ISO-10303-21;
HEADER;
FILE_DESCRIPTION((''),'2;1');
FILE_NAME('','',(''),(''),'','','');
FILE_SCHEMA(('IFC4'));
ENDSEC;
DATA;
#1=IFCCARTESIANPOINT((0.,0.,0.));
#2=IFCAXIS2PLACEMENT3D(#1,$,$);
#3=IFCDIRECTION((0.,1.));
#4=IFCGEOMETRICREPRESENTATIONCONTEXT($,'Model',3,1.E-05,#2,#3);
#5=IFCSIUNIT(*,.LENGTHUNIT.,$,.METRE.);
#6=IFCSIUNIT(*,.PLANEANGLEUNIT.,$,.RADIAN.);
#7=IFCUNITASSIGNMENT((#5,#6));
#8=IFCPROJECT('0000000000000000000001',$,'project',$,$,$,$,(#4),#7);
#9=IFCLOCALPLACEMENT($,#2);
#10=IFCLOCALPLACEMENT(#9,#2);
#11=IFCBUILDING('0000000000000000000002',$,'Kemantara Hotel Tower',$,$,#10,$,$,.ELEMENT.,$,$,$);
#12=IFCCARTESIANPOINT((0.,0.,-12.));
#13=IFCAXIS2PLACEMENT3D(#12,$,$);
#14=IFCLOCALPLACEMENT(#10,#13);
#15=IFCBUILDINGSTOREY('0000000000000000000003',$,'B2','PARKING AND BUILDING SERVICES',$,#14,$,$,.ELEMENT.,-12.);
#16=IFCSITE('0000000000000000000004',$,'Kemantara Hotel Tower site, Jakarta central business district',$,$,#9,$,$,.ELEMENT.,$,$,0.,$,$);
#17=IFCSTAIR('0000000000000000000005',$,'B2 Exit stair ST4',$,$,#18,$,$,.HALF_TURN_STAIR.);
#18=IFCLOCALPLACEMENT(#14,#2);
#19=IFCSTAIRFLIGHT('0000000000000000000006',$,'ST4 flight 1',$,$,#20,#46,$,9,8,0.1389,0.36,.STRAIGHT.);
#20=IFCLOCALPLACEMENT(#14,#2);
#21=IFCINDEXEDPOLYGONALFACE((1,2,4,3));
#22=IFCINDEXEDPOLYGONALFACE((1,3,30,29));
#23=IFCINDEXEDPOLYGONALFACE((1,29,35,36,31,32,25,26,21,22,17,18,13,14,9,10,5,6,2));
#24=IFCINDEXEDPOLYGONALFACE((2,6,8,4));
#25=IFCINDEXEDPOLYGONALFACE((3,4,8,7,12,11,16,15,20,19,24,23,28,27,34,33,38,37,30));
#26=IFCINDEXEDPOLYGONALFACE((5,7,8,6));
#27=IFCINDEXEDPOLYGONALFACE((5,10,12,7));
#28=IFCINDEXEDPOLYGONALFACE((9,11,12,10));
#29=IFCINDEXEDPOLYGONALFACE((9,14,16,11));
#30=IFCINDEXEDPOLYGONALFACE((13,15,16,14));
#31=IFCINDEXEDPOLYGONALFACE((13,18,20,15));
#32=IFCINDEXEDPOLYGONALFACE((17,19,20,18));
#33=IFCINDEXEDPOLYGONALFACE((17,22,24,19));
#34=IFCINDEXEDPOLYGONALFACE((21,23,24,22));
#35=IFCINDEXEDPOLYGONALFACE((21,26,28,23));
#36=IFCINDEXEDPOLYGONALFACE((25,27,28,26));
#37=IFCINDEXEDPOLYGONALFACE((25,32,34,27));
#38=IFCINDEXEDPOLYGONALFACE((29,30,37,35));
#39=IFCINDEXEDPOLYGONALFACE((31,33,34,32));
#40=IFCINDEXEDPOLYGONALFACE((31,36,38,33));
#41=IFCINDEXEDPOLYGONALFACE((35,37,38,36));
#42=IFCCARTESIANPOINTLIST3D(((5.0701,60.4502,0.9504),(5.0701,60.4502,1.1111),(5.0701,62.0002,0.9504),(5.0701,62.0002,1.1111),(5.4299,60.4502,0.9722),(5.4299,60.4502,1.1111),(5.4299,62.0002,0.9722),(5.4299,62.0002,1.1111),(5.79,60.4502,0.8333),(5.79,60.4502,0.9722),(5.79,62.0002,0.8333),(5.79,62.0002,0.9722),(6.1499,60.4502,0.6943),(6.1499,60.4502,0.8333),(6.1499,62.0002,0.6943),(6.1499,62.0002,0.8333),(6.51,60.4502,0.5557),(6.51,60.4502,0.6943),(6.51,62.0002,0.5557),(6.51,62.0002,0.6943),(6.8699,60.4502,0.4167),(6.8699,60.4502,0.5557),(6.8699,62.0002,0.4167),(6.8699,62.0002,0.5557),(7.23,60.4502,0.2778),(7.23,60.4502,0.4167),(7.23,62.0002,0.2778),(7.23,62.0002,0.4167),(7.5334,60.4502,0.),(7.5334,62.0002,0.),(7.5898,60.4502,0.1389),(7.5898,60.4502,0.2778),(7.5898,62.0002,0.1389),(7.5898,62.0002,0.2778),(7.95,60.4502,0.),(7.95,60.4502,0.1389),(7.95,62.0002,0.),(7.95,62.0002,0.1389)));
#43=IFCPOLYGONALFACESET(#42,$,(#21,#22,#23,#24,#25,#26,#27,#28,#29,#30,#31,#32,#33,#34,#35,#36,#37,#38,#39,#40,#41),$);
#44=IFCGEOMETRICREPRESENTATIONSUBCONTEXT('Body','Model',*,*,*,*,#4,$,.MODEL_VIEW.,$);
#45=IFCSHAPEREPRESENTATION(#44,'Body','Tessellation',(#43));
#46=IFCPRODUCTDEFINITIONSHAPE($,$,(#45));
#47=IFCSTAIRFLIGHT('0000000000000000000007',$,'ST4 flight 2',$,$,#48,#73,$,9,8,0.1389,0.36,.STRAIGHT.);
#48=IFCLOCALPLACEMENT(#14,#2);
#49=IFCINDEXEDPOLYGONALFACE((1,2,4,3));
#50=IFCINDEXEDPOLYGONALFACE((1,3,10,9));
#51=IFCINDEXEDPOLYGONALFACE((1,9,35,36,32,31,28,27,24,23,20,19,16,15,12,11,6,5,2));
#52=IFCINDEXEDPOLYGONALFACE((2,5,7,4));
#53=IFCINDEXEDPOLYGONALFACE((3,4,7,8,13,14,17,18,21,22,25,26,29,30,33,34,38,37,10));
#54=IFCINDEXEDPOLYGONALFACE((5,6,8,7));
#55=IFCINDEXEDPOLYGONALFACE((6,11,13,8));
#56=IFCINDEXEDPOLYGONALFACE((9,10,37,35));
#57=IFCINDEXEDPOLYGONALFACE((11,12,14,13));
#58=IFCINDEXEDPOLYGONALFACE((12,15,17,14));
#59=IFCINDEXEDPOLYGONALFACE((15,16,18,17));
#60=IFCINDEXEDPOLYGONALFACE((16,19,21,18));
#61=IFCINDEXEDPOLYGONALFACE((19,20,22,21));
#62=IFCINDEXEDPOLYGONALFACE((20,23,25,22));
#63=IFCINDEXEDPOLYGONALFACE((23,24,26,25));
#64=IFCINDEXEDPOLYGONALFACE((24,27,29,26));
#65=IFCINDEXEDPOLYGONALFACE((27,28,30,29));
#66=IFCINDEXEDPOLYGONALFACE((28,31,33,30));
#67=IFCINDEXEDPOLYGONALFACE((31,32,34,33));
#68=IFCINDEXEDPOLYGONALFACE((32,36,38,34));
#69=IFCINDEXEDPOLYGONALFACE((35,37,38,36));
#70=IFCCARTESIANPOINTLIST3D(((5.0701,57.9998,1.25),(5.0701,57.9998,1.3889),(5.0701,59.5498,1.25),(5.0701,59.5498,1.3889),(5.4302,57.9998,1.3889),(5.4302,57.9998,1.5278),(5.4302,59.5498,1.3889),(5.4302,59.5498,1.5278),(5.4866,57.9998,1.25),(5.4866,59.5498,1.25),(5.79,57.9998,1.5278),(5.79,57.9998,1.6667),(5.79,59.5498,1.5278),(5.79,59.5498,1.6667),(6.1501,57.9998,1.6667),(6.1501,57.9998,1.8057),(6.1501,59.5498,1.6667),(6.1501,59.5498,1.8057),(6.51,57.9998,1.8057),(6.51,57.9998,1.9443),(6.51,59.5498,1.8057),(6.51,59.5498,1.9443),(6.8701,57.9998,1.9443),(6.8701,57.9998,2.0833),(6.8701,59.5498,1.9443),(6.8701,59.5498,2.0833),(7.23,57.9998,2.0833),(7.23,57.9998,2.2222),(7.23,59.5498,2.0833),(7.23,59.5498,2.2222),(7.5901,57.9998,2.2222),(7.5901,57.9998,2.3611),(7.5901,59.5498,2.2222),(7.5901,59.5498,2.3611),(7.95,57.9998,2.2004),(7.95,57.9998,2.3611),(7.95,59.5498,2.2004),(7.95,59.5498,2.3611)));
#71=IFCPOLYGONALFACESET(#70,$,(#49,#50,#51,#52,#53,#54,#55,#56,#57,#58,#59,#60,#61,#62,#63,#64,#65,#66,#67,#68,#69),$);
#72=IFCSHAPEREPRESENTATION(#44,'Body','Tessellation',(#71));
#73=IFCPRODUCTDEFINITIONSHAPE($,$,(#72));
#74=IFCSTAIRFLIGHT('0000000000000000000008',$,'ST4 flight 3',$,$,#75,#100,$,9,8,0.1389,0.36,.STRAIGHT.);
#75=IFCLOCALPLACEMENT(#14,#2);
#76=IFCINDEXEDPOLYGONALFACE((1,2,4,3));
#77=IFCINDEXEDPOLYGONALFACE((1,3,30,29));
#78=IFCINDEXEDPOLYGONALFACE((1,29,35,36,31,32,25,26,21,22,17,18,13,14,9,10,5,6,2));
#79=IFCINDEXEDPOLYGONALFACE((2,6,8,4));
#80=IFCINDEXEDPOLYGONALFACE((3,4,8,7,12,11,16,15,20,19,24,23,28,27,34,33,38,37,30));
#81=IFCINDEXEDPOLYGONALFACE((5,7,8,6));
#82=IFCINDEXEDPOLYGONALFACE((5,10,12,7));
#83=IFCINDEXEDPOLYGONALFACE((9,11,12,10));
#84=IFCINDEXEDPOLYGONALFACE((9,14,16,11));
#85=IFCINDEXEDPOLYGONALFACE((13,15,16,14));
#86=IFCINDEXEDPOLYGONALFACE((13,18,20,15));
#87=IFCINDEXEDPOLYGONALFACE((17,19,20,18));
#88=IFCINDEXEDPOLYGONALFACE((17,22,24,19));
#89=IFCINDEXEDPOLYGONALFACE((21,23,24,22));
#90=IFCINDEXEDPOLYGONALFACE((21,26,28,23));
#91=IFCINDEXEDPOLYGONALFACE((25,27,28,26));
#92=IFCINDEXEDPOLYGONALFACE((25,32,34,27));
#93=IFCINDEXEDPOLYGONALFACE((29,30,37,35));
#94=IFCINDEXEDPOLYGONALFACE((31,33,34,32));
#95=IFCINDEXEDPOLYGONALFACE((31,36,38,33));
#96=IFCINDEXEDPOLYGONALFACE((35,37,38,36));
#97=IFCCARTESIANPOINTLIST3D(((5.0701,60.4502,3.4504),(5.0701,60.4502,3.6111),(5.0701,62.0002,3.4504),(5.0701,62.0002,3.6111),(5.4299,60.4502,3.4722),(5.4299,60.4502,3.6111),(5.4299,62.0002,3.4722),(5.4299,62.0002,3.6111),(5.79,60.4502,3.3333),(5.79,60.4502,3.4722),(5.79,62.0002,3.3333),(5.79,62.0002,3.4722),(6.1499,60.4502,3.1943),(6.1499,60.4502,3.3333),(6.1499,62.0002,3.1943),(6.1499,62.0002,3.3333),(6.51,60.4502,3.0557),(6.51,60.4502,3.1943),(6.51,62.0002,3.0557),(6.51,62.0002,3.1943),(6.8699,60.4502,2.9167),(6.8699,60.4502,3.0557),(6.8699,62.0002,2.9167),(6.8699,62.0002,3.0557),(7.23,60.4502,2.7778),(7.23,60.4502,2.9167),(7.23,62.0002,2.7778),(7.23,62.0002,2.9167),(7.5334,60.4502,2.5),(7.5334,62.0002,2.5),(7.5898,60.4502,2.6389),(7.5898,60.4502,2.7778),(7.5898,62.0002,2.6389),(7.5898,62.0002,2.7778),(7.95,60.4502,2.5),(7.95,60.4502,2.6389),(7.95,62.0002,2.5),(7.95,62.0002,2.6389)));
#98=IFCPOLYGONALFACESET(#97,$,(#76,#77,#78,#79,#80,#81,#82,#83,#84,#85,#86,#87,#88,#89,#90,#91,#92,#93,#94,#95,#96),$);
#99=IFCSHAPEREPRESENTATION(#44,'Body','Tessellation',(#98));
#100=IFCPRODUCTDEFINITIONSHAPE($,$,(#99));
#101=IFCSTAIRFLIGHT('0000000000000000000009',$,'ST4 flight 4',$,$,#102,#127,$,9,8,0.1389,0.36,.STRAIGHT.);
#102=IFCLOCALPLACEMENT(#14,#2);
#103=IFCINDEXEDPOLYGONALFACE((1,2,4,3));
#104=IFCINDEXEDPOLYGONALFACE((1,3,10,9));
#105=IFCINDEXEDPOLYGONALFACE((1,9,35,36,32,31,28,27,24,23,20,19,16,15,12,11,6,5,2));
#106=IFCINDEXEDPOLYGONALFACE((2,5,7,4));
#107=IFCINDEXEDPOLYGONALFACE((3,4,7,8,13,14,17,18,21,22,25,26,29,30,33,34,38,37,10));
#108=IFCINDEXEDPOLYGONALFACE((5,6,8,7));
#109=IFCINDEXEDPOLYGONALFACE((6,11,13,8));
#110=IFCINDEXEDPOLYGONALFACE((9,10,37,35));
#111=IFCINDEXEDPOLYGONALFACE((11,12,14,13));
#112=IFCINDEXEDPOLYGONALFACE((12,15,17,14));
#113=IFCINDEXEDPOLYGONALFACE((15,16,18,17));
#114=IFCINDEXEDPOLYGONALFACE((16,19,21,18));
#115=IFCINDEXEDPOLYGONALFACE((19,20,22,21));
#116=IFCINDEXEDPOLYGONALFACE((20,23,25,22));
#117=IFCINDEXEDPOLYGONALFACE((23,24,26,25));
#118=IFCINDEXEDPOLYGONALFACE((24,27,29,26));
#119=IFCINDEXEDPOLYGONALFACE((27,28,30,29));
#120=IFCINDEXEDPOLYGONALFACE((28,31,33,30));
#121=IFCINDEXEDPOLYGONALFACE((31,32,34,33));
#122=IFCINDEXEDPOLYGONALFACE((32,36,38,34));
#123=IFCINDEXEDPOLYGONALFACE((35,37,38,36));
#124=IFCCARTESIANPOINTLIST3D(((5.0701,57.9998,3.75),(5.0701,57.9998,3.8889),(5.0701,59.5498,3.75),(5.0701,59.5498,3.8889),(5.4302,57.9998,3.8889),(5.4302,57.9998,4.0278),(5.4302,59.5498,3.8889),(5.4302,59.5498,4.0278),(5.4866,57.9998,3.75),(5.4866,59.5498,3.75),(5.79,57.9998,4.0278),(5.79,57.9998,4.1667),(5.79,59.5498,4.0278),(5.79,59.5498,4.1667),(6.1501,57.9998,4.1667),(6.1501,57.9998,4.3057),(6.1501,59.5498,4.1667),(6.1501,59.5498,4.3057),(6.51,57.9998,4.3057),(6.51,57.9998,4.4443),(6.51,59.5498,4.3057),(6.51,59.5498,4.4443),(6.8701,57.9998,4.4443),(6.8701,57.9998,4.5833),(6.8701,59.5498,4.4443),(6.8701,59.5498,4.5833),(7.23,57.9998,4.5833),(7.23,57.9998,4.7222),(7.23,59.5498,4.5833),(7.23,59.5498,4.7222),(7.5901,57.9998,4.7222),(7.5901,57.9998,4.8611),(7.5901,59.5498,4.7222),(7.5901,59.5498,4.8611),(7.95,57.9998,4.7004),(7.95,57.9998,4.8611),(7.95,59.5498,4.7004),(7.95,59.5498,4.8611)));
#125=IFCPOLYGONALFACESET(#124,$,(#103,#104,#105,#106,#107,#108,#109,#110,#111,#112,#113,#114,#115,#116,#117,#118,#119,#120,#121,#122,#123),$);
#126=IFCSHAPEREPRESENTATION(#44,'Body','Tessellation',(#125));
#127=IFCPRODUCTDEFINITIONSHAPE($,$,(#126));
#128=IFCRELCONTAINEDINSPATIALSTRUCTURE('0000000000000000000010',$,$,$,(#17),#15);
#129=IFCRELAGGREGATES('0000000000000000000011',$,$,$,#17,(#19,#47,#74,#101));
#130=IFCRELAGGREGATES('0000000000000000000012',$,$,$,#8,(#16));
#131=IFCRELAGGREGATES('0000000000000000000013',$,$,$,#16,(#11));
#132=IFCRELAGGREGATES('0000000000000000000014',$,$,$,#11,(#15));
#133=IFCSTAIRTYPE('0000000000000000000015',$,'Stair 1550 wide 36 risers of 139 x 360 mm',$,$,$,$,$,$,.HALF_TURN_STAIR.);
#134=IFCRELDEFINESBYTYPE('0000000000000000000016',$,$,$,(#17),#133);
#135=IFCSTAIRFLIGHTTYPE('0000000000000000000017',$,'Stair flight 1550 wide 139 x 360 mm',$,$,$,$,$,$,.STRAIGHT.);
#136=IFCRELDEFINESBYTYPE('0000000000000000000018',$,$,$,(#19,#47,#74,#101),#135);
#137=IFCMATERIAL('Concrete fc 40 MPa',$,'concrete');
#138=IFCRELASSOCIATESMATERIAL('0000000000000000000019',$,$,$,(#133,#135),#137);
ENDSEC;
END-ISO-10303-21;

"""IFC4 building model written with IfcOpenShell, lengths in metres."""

from ifc_helpers import new_model, si_unit, direction, frame, origin, place, context, subcontext, project, spatial, polyline, outline, extrude, material, type_object, element, aggregate, save


model = new_model("IFC4")

# Units and contexts
model_context = context("Model", 3, precision=1e-05, world=origin(), true_north=direction((0.0, 1.0)))
body_context = subcontext(model_context, "Body", "Model", "MODEL_VIEW")
ifc_project = project(units=[si_unit("LENGTHUNIT", "METRE"), si_unit("PLANEANGLEUNIT", "RADIAN")], contexts=[model_context])

# Site, building, storey
site_placement = place(None, origin())
site = spatial("IfcSite", under=ifc_project, at=site_placement, Name="Kemantara Hotel Tower site, Jakarta central business district", CompositionType="ELEMENT", RefElevation=0.0)
building_placement = place(site_placement, origin())
building = spatial("IfcBuilding", under=site, at=building_placement, Name="Kemantara Hotel Tower", CompositionType="ELEMENT")
storey_placement = place(building_placement, frame((0.0, 0.0, -12.0)))
storey = spatial("IfcBuildingStorey", under=building, at=storey_placement, Name="B2", Description="PARKING AND BUILDING SERVICES", CompositionType="ELEMENT", Elevation=-12.0)

# Shared definitions
ifc_material_1 = material(Name="Concrete fc 40 MPa", Category="concrete")

# Stair, stair flights
stair_type = type_object("IfcStairType", Name="Stair 1550 wide 36 risers of 139 x 360 mm", PredefinedType="HALF_TURN_STAIR", material=ifc_material_1)
stair_placement = place(storey_placement, origin())
stair = element("IfcStair", 1, at=stair_placement, inside=storey, type_object=stair_type, Name="B2 Exit stair ST4", PredefinedType="HALF_TURN_STAIR")
stair_flight_type = type_object("IfcStairFlightType", Name="Stair flight 1550 wide 139 x 360 mm", PredefinedType="STRAIGHT", material=ifc_material_1)
stair_flight_1_placement = place(storey_placement, frame((7.95, 61.2251, 0.0), z_axis=(0.0, 0.0, 1.0), x_axis=(-1.0, 0.0, 0.0)))
stair_flight_1 = element("IfcStairFlight", 2, at=stair_flight_1_placement, type_object=stair_flight_type, Name="ST4 flight 1", NumberOfRisers=9, NumberOfTreads=8, PredefinedType="STRAIGHT", RiserHeight=0.1389, TreadLength=0.36, context=body_context, shape_type="SweptSolid", body=[
    extrude(outline(polyline([(0.0, 0.0), (0.0, 0.1389), (0.3601, 0.1389), (0.3601, 0.2778), (0.72, 0.2778), (0.72, 0.4167), (1.0801, 0.4167), (1.0801, 0.5557), (1.4399, 0.5557), (1.4399, 0.6943), (1.8, 0.6943), (1.8, 0.8333), (2.1599, 0.8333), (2.1599, 0.9722), (2.52, 0.9722), (2.52, 1.1111), (2.8799, 1.1111), (2.8799, 1.25), (2.8799, 0.9504), (0.4165, 0.0), (0.0, 0.0)])), frame((0.0, 0.7749, 0.0), z_axis=(0.0, -1.0, 0.0), x_axis=(1.0, 0.0, 0.0)), (0.0, 0.0, 1.0), 1.55),
])
stair_flight_2_placement = place(storey_placement, frame((5.0701, 58.7749, 1.25), z_axis=(0.0, 0.0, 1.0), x_axis=(1.0, 0.0, 0.0)))
stair_flight_2 = element("IfcStairFlight", 3, at=stair_flight_2_placement, type_object=stair_flight_type, Name="ST4 flight 2", NumberOfRisers=9, NumberOfTreads=8, PredefinedType="STRAIGHT", RiserHeight=0.1389, TreadLength=0.36, context=body_context, shape_type="SweptSolid", body=[
    extrude(outline(polyline([(0.0, 0.0), (0.0, 0.1389), (0.3601, 0.1389), (0.3601, 0.2778), (0.72, 0.2778), (0.72, 0.4167), (1.0801, 0.4167), (1.0801, 0.5557), (1.4399, 0.5557), (1.4399, 0.6943), (1.8, 0.6943), (1.8, 0.8333), (2.1599, 0.8333), (2.1599, 0.9722), (2.52, 0.9722), (2.52, 1.1111), (2.8799, 1.1111), (2.8799, 1.25), (2.8799, 0.9504), (0.4165, 0.0), (0.0, 0.0)])), frame((0.0, 0.7749, 0.0), z_axis=(0.0, -1.0, 0.0), x_axis=(1.0, 0.0, 0.0)), (0.0, 0.0, 1.0), 1.55),
])
stair_flight_3_placement = place(storey_placement, frame((7.95, 61.2251, 2.5), z_axis=(0.0, 0.0, 1.0), x_axis=(-1.0, 0.0, 0.0)))
stair_flight_3 = element("IfcStairFlight", 4, at=stair_flight_3_placement, type_object=stair_flight_type, Name="ST4 flight 3", NumberOfRisers=9, NumberOfTreads=8, PredefinedType="STRAIGHT", RiserHeight=0.1389, TreadLength=0.36, context=body_context, shape_type="SweptSolid", body=[
    extrude(outline(polyline([(0.0, 0.0), (0.0, 0.1389), (0.3601, 0.1389), (0.3601, 0.2778), (0.72, 0.2778), (0.72, 0.4167), (1.0801, 0.4167), (1.0801, 0.5557), (1.4399, 0.5557), (1.4399, 0.6943), (1.8, 0.6943), (1.8, 0.8333), (2.1599, 0.8333), (2.1599, 0.9722), (2.52, 0.9722), (2.52, 1.1111), (2.8799, 1.1111), (2.8799, 1.25), (2.8799, 0.9504), (0.4165, 0.0), (0.0, 0.0)])), frame((0.0, 0.7749, 0.0), z_axis=(0.0, -1.0, 0.0), x_axis=(1.0, 0.0, 0.0)), (0.0, 0.0, 1.0), 1.55),
])
stair_flight_4_placement = place(storey_placement, frame((5.0701, 58.7749, 3.75), z_axis=(0.0, 0.0, 1.0), x_axis=(1.0, 0.0, 0.0)))
stair_flight_4 = element("IfcStairFlight", 5, at=stair_flight_4_placement, type_object=stair_flight_type, Name="ST4 flight 4", NumberOfRisers=9, NumberOfTreads=8, PredefinedType="STRAIGHT", RiserHeight=0.1389, TreadLength=0.36, context=body_context, shape_type="SweptSolid", body=[
    extrude(outline(polyline([(0.0, 0.0), (0.0, 0.1389), (0.3601, 0.1389), (0.3601, 0.2778), (0.72, 0.2778), (0.72, 0.4167), (1.0801, 0.4167), (1.0801, 0.5557), (1.4399, 0.5557), (1.4399, 0.6943), (1.8, 0.6943), (1.8, 0.8333), (2.1599, 0.8333), (2.1599, 0.9722), (2.52, 0.9722), (2.52, 1.1111), (2.8799, 1.1111), (2.8799, 1.25), (2.8799, 0.9504), (0.4165, 0.0), (0.0, 0.0)])), frame((0.0, 0.7749, 0.0), z_axis=(0.0, -1.0, 0.0), x_axis=(1.0, 0.0, 0.0)), (0.0, 0.0, 1.0), 1.55),
])
aggregate(stair, [stair_flight_1, stair_flight_2, stair_flight_3, stair_flight_4])

save(model, "model.ifc")
